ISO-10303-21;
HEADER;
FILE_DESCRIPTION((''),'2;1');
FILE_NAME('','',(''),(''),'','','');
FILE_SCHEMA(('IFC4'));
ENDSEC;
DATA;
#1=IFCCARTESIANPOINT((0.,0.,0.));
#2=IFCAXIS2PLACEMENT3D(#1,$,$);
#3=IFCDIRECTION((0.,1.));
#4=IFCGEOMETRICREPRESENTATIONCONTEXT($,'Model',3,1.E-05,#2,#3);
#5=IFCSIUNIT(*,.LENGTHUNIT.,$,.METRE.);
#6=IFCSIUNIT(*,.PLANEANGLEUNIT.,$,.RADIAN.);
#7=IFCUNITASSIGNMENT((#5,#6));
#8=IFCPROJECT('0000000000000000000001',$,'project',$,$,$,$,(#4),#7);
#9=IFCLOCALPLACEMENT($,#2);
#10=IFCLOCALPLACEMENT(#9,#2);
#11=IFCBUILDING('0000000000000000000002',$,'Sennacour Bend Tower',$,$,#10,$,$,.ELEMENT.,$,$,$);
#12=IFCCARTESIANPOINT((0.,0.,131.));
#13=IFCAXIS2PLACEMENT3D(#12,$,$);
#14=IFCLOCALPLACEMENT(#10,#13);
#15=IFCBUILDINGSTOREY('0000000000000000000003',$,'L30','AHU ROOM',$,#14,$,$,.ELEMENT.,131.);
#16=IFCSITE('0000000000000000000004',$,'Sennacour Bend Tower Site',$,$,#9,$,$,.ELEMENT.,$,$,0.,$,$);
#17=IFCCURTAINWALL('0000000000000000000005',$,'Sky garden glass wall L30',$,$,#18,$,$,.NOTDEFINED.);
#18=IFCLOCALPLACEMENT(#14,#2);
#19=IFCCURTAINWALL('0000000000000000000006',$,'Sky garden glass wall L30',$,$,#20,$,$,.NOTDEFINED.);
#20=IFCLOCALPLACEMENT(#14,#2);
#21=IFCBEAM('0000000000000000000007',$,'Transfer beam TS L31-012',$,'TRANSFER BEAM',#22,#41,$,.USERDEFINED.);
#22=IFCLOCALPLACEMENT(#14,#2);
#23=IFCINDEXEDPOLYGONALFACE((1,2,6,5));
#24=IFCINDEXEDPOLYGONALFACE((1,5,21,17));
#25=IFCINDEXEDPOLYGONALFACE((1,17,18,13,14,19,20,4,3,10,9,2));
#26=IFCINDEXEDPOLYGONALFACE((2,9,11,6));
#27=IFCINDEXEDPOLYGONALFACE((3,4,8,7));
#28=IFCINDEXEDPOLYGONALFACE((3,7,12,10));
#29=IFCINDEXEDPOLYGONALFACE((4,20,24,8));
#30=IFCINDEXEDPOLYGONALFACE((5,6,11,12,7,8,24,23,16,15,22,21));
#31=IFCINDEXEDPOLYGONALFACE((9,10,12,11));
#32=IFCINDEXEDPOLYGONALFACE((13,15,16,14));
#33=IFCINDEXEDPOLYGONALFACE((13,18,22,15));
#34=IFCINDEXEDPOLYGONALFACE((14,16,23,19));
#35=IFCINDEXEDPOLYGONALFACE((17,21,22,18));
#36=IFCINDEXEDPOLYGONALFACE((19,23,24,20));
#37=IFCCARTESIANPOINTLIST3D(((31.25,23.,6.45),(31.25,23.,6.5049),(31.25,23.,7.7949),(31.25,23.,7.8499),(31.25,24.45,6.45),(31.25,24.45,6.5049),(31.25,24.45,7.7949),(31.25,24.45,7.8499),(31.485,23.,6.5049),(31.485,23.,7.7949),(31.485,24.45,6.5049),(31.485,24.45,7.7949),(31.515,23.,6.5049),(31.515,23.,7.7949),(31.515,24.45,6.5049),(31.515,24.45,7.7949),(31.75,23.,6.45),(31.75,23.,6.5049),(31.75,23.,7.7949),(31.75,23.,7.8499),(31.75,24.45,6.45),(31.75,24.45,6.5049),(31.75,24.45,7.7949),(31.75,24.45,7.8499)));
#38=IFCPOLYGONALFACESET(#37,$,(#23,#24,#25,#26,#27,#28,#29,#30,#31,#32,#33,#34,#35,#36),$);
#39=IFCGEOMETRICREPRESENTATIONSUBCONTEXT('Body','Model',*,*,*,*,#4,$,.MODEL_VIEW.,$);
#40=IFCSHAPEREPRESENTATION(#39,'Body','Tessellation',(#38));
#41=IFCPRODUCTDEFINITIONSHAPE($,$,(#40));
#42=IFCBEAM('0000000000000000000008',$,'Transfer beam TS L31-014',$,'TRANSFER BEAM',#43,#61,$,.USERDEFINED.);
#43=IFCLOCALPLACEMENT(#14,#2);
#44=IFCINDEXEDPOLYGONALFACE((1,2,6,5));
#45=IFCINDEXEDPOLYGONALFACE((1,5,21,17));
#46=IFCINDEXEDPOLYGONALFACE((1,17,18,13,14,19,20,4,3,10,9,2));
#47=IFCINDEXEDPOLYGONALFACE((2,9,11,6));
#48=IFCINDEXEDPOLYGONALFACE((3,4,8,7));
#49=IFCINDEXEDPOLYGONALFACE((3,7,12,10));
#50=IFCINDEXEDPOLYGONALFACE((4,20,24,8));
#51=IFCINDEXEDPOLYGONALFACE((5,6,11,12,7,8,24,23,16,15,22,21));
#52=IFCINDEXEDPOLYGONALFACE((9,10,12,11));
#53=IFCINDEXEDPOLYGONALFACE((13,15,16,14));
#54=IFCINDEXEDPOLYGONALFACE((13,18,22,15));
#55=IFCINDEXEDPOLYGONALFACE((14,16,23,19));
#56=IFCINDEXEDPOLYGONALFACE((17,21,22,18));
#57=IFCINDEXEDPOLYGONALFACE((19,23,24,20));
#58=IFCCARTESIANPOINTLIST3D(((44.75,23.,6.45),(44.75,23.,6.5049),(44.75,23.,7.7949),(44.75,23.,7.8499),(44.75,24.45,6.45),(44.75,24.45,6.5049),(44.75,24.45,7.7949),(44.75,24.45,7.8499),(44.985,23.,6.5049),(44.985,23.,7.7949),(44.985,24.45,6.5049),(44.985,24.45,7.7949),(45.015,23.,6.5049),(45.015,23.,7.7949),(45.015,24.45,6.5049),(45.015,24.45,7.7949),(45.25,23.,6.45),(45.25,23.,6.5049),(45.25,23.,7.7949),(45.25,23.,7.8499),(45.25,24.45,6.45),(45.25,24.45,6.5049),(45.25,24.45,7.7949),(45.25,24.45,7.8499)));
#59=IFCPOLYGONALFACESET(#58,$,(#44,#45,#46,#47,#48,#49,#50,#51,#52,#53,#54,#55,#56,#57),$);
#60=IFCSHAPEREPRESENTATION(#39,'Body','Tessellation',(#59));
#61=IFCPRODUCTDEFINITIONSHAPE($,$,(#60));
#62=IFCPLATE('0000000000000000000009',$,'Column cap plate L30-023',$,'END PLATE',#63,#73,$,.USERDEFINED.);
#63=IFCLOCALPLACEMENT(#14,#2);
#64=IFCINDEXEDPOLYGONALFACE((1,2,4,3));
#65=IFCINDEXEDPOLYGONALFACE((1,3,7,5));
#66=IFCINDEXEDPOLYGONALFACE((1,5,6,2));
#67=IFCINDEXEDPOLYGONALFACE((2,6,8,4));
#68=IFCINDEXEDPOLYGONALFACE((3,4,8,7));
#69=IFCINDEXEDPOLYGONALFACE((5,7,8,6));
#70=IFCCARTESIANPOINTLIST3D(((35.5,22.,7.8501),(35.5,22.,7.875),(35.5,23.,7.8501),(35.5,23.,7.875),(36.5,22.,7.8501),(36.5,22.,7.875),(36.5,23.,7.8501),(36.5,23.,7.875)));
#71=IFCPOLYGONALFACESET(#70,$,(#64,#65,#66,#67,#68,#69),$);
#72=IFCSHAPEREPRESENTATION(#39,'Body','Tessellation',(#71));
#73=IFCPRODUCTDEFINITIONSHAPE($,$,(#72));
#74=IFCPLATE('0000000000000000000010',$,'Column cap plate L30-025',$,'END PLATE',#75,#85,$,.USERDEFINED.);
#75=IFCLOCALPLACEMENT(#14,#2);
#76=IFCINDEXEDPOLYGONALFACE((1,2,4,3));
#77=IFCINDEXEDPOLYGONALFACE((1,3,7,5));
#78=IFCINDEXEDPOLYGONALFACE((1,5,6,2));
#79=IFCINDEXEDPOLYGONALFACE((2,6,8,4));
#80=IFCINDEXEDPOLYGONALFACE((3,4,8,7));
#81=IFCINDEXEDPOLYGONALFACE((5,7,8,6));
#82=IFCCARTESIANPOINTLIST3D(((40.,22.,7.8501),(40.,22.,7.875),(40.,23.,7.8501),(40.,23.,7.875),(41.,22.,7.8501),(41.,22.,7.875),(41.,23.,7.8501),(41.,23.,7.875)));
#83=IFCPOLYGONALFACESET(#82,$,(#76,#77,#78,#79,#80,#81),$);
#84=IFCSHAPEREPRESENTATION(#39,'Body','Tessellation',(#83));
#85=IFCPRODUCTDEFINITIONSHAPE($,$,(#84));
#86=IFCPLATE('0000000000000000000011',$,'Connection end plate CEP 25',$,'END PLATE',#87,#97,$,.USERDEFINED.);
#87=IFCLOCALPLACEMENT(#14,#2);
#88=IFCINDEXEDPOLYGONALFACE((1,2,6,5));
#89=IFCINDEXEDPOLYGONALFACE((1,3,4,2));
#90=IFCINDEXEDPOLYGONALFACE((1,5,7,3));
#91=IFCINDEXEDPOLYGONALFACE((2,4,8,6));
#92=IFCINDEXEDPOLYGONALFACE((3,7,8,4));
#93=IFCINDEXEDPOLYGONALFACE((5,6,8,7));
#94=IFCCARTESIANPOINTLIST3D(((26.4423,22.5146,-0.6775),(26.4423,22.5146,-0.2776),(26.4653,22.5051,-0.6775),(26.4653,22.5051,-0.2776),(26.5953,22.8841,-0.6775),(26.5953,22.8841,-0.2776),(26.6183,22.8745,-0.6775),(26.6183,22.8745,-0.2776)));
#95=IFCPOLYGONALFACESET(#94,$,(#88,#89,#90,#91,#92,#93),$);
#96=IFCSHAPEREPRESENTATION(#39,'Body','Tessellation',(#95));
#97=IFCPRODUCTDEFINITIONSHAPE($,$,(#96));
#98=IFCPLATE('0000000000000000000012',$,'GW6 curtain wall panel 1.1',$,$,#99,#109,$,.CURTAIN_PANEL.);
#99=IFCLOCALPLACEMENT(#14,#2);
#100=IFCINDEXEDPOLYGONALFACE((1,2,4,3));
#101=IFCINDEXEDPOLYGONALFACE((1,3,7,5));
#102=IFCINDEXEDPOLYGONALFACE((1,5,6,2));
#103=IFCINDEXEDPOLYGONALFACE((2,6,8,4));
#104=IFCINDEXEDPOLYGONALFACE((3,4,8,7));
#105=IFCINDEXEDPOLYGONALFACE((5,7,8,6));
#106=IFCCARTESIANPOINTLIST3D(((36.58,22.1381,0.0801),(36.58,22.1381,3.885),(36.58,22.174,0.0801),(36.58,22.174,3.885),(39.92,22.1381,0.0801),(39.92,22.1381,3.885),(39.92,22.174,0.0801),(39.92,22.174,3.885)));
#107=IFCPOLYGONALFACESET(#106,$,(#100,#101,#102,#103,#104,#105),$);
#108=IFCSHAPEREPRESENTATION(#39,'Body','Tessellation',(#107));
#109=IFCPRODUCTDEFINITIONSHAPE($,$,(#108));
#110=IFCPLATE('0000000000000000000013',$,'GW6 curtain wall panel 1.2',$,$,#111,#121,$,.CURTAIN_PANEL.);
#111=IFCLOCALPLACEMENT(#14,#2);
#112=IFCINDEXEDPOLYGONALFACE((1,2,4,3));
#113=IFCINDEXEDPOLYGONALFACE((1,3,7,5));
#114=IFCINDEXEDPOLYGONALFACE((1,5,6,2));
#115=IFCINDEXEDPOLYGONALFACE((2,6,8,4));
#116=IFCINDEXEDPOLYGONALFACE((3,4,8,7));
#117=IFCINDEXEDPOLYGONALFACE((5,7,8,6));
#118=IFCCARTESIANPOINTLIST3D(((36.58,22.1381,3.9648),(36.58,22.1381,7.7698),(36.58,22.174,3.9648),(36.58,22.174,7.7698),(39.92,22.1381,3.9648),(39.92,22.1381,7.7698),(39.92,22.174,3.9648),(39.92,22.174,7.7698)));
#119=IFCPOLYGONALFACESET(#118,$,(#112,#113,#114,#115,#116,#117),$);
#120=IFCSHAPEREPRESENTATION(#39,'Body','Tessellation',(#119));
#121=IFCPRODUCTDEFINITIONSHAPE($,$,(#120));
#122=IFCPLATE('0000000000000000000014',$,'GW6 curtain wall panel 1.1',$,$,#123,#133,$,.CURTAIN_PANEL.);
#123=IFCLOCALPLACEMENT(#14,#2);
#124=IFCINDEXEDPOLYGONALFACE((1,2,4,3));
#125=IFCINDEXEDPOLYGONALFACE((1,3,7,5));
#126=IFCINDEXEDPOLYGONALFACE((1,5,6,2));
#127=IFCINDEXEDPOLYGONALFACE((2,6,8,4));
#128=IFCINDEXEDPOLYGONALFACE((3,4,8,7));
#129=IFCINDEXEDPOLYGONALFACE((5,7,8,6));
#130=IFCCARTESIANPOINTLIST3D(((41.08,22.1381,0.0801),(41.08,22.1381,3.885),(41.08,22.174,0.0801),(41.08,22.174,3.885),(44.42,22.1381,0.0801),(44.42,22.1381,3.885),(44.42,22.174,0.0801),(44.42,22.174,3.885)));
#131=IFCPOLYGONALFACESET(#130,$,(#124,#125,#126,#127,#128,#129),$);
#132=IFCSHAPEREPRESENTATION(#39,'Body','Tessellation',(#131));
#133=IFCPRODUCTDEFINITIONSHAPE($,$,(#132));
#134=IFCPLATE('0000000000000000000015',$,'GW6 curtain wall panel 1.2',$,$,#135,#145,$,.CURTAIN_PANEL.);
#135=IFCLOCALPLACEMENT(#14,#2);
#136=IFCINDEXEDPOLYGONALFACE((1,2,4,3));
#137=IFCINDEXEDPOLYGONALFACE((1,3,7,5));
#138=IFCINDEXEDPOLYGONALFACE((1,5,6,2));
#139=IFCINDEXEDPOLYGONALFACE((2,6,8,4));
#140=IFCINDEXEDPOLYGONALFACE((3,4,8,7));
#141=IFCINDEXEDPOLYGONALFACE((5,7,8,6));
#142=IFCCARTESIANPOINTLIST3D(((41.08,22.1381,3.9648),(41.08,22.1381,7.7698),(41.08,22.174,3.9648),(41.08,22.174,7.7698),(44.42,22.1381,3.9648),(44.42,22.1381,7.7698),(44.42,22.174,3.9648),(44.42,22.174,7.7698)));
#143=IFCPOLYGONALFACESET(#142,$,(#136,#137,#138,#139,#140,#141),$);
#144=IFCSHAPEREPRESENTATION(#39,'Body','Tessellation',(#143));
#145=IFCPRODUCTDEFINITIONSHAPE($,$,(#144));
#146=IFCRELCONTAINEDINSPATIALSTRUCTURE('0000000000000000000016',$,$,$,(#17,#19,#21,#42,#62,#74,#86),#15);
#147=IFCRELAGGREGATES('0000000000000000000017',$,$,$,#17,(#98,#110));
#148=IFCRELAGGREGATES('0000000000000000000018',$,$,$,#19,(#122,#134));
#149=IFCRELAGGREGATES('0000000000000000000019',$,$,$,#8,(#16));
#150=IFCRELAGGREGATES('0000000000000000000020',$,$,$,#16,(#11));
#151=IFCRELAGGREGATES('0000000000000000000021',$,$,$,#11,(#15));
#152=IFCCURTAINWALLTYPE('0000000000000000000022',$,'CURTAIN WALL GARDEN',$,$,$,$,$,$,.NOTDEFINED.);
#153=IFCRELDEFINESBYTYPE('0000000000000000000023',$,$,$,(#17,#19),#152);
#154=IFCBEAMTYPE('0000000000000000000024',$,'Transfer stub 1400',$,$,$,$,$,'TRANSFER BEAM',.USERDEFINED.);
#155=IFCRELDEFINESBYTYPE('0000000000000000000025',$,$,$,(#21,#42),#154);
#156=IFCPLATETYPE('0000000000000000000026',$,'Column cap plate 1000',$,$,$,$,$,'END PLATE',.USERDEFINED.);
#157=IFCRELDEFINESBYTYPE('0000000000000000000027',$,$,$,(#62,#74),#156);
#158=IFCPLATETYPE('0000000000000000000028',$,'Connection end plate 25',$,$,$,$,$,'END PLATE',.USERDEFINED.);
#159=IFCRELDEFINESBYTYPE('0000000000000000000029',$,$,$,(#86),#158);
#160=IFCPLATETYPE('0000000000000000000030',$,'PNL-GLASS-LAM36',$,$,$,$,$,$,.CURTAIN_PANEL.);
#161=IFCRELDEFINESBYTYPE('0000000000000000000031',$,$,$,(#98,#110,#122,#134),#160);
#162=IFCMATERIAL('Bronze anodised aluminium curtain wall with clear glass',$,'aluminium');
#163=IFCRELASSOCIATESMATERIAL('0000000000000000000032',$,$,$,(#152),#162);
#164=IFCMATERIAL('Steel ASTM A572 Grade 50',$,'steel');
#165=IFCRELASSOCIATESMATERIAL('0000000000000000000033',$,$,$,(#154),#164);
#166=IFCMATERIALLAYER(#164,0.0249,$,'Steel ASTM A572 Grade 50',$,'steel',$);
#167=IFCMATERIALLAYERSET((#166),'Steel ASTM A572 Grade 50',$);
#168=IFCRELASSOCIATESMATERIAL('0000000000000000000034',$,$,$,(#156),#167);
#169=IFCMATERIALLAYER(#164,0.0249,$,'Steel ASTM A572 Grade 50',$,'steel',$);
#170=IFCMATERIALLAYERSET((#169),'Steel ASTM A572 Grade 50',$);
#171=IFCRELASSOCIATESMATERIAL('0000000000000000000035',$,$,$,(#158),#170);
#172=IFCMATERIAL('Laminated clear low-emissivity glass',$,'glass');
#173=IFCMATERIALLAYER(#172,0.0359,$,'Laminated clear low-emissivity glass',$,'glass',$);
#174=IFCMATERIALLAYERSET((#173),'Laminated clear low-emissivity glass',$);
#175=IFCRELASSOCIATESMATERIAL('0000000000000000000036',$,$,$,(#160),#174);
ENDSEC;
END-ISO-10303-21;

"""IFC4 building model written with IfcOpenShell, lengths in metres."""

from ifc_helpers import new_model, si_unit, direction, frame, origin, origin_2d, place, context, subcontext, project, spatial, rectangle, i_section, extrude, material, layer, layer_set, material_profile, profile_set, type_object, element, aggregate, save


model = new_model("IFC4")

# Units and contexts
model_context = context("Model", 3, precision=1e-05, world=origin(), true_north=direction((0.0, 1.0)))
body_context = subcontext(model_context, "Body", "Model", "MODEL_VIEW")
ifc_project = project(units=[si_unit("LENGTHUNIT", "METRE"), si_unit("PLANEANGLEUNIT", "RADIAN")], contexts=[model_context])

# Site, building, storey
site_placement = place(None, origin())
site = spatial("IfcSite", under=ifc_project, at=site_placement, Name="Sennacour Bend Tower Site", CompositionType="ELEMENT", RefElevation=0.0)
building_placement = place(site_placement, origin())
building = spatial("IfcBuilding", under=site, at=building_placement, Name="Sennacour Bend Tower", CompositionType="ELEMENT")
storey_placement = place(building_placement, frame((0.0, 0.0, 131.0)))
storey = spatial("IfcBuildingStorey", under=building, at=storey_placement, Name="L30", Description="AHU ROOM", CompositionType="ELEMENT", Elevation=131.0)

# Shared definitions
ifc_material_1 = material(Name="Steel ASTM A572 Grade 50", Category="steel")

# Shared definitions
ifc_material_2 = material(Name="Bronze anodised aluminium curtain wall with clear glass", Category="aluminium")
curtain_wall_type = type_object("IfcCurtainWallType", Name="CURTAIN WALL GARDEN", PredefinedType="NOTDEFINED", material=ifc_material_2)

# Curtain walls
curtain_wall_1_placement = place(storey_placement, origin())
curtain_wall_1 = element("IfcCurtainWall", 1, at=curtain_wall_1_placement, inside=storey, type_object=curtain_wall_type, Name="Sky garden glass wall L30", PredefinedType="NOTDEFINED")
curtain_wall_2_placement = place(storey_placement, origin())
curtain_wall_2 = element("IfcCurtainWall", 2, at=curtain_wall_2_placement, inside=storey, type_object=curtain_wall_type, Name="Sky garden glass wall L30", PredefinedType="NOTDEFINED")

# Beams
ifc_material_profile_1 = material_profile(ifc_material_1, i_section(OverallWidth=0.5, OverallDepth=1.3999, WebThickness=0.03, FlangeThickness=0.0549, at=origin_2d()), Name="Steel ASTM A572 Grade 50", Category="steel")
ifc_profile_set_1 = profile_set([ifc_material_profile_1], Name="Steel ASTM A572 Grade 50")
beam_type_1 = type_object("IfcBeamType", Name="Transfer stub 1400", ElementType="TRANSFER BEAM", PredefinedType="USERDEFINED", material=ifc_profile_set_1)
for number, where, z_axis, x_axis, name in (
    (3, (31.5, 23.0, 7.1499), (0.0, 1.0, 0.0), (-1.0, 0.0, 0.0), "Transfer beam TS L31-012"),
    (4, (45.0, 23.0, 7.1499), (0.0, 1.0, 0.0), (-1.0, 0.0, 0.0), "Transfer beam TS L31-014"),
):
    element("IfcBeam", number, at=place(storey_placement, frame(where, z_axis=z_axis, x_axis=x_axis)), inside=storey, type_object=beam_type_1, Name=name, ObjectType="TRANSFER BEAM", PredefinedType="USERDEFINED", context=body_context, shape_type="SweptSolid", body=[
        extrude(i_section(OverallWidth=0.5, OverallDepth=1.3999, WebThickness=0.03, FlangeThickness=0.0549, at=origin_2d()), origin(), (0.0, 0.0, 1.0), 1.45),
    ])

# Plates
ifc_layer_1 = layer(ifc_material_1, 0.0249, Name="Steel ASTM A572 Grade 50", Category="steel")
ifc_layer_set_1 = layer_set([ifc_layer_1], Name="Steel ASTM A572 Grade 50")
plate_type_1 = type_object("IfcPlateType", Name="Column cap plate 1000", ElementType="END PLATE", PredefinedType="USERDEFINED", material=ifc_layer_set_1)
for number, where, z_axis, x_axis, name in (
    (5, (36.0, 22.5, 7.8501), (0.0, 0.0, 1.0), (1.0, 0.0, 0.0), "Column cap plate L30-023"),
    (6, (40.5, 22.5, 7.8501), (0.0, 0.0, 1.0), (1.0, 0.0, 0.0), "Column cap plate L30-025"),
):
    element("IfcPlate", number, at=place(storey_placement, frame(where, z_axis=z_axis, x_axis=x_axis)), inside=storey, type_object=plate_type_1, Name=name, ObjectType="END PLATE", PredefinedType="USERDEFINED", context=body_context, shape_type="SweptSolid", body=[
        extrude(rectangle(XDim=1.0, YDim=1.0, at=origin_2d()), origin(), (0.0, 0.0, 1.0), 0.0249),
    ])
ifc_layer_2 = layer(ifc_material_1, 0.0249, Name="Steel ASTM A572 Grade 50", Category="steel")
ifc_layer_set_2 = layer_set([ifc_layer_2], Name="Steel ASTM A572 Grade 50")
plate_type_2 = type_object("IfcPlateType", Name="Connection end plate 25", ElementType="END PLATE", PredefinedType="USERDEFINED", material=ifc_layer_set_2)
plate_1_placement = place(storey_placement, frame((26.5303, 22.6946, -0.6775), z_axis=(0.0, 0.0, 1.0), x_axis=(0.92388, -0.382683, 0.0)))
element("IfcPlate", 7, at=plate_1_placement, inside=storey, type_object=plate_type_2, Name="Connection end plate CEP 25", ObjectType="END PLATE", PredefinedType="USERDEFINED", context=body_context, shape_type="SweptSolid", body=[
    extrude(rectangle(XDim=0.0249, YDim=0.3999, at=origin_2d()), origin(), (0.0, 0.0, 1.0), 0.3999),
])

# Plates
ifc_material_3 = material(Name="Laminated clear low-emissivity glass", Category="glass")
ifc_layer_3 = layer(ifc_material_3, 0.0359, Name="Laminated clear low-emissivity glass", Category="glass")
ifc_layer_set_3 = layer_set([ifc_layer_3], Name="Laminated clear low-emissivity glass")
plate_type_3 = type_object("IfcPlateType", Name="PNL-GLASS-LAM36", PredefinedType="CURTAIN_PANEL", material=ifc_layer_set_3)
plate_2_placement = place(storey_placement, frame((38.25, 22.156, 0.0801), z_axis=(0.0, 0.0, 1.0), x_axis=(1.0, 0.0, 0.0)))
plate_2 = element("IfcPlate", 8, at=plate_2_placement, type_object=plate_type_3, Name="GW6 curtain wall panel 1.1", PredefinedType="CURTAIN_PANEL", context=body_context, shape_type="SweptSolid", body=[
    extrude(rectangle(XDim=3.3401, YDim=0.0359, at=origin_2d()), origin(), (0.0, 0.0, 1.0), 3.8049),
])
plate_3_placement = place(storey_placement, frame((38.25, 22.156, 3.9648), z_axis=(0.0, 0.0, 1.0), x_axis=(1.0, 0.0, 0.0)))
plate_3 = element("IfcPlate", 9, at=plate_3_placement, type_object=plate_type_3, Name="GW6 curtain wall panel 1.2", PredefinedType="CURTAIN_PANEL", context=body_context, shape_type="SweptSolid", body=[
    extrude(rectangle(XDim=3.3401, YDim=0.0359, at=origin_2d()), origin(), (0.0, 0.0, 1.0), 3.8049),
])
aggregate(curtain_wall_1, [plate_2, plate_3])
plate_4_placement = place(storey_placement, frame((42.75, 22.156, 0.0801), z_axis=(0.0, 0.0, 1.0), x_axis=(1.0, 0.0, 0.0)))
plate_4 = element("IfcPlate", 10, at=plate_4_placement, type_object=plate_type_3, Name="GW6 curtain wall panel 1.1", PredefinedType="CURTAIN_PANEL", context=body_context, shape_type="SweptSolid", body=[
    extrude(rectangle(XDim=3.3401, YDim=0.0359, at=origin_2d()), origin(), (0.0, 0.0, 1.0), 3.8049),
])
plate_5_placement = place(storey_placement, frame((42.75, 22.156, 3.9648), z_axis=(0.0, 0.0, 1.0), x_axis=(1.0, 0.0, 0.0)))
plate_5 = element("IfcPlate", 11, at=plate_5_placement, type_object=plate_type_3, Name="GW6 curtain wall panel 1.2", PredefinedType="CURTAIN_PANEL", context=body_context, shape_type="SweptSolid", body=[
    extrude(rectangle(XDim=3.3401, YDim=0.0359, at=origin_2d()), origin(), (0.0, 0.0, 1.0), 3.8049),
])
aggregate(curtain_wall_2, [plate_4, plate_5])

save(model, "model.ifc")
